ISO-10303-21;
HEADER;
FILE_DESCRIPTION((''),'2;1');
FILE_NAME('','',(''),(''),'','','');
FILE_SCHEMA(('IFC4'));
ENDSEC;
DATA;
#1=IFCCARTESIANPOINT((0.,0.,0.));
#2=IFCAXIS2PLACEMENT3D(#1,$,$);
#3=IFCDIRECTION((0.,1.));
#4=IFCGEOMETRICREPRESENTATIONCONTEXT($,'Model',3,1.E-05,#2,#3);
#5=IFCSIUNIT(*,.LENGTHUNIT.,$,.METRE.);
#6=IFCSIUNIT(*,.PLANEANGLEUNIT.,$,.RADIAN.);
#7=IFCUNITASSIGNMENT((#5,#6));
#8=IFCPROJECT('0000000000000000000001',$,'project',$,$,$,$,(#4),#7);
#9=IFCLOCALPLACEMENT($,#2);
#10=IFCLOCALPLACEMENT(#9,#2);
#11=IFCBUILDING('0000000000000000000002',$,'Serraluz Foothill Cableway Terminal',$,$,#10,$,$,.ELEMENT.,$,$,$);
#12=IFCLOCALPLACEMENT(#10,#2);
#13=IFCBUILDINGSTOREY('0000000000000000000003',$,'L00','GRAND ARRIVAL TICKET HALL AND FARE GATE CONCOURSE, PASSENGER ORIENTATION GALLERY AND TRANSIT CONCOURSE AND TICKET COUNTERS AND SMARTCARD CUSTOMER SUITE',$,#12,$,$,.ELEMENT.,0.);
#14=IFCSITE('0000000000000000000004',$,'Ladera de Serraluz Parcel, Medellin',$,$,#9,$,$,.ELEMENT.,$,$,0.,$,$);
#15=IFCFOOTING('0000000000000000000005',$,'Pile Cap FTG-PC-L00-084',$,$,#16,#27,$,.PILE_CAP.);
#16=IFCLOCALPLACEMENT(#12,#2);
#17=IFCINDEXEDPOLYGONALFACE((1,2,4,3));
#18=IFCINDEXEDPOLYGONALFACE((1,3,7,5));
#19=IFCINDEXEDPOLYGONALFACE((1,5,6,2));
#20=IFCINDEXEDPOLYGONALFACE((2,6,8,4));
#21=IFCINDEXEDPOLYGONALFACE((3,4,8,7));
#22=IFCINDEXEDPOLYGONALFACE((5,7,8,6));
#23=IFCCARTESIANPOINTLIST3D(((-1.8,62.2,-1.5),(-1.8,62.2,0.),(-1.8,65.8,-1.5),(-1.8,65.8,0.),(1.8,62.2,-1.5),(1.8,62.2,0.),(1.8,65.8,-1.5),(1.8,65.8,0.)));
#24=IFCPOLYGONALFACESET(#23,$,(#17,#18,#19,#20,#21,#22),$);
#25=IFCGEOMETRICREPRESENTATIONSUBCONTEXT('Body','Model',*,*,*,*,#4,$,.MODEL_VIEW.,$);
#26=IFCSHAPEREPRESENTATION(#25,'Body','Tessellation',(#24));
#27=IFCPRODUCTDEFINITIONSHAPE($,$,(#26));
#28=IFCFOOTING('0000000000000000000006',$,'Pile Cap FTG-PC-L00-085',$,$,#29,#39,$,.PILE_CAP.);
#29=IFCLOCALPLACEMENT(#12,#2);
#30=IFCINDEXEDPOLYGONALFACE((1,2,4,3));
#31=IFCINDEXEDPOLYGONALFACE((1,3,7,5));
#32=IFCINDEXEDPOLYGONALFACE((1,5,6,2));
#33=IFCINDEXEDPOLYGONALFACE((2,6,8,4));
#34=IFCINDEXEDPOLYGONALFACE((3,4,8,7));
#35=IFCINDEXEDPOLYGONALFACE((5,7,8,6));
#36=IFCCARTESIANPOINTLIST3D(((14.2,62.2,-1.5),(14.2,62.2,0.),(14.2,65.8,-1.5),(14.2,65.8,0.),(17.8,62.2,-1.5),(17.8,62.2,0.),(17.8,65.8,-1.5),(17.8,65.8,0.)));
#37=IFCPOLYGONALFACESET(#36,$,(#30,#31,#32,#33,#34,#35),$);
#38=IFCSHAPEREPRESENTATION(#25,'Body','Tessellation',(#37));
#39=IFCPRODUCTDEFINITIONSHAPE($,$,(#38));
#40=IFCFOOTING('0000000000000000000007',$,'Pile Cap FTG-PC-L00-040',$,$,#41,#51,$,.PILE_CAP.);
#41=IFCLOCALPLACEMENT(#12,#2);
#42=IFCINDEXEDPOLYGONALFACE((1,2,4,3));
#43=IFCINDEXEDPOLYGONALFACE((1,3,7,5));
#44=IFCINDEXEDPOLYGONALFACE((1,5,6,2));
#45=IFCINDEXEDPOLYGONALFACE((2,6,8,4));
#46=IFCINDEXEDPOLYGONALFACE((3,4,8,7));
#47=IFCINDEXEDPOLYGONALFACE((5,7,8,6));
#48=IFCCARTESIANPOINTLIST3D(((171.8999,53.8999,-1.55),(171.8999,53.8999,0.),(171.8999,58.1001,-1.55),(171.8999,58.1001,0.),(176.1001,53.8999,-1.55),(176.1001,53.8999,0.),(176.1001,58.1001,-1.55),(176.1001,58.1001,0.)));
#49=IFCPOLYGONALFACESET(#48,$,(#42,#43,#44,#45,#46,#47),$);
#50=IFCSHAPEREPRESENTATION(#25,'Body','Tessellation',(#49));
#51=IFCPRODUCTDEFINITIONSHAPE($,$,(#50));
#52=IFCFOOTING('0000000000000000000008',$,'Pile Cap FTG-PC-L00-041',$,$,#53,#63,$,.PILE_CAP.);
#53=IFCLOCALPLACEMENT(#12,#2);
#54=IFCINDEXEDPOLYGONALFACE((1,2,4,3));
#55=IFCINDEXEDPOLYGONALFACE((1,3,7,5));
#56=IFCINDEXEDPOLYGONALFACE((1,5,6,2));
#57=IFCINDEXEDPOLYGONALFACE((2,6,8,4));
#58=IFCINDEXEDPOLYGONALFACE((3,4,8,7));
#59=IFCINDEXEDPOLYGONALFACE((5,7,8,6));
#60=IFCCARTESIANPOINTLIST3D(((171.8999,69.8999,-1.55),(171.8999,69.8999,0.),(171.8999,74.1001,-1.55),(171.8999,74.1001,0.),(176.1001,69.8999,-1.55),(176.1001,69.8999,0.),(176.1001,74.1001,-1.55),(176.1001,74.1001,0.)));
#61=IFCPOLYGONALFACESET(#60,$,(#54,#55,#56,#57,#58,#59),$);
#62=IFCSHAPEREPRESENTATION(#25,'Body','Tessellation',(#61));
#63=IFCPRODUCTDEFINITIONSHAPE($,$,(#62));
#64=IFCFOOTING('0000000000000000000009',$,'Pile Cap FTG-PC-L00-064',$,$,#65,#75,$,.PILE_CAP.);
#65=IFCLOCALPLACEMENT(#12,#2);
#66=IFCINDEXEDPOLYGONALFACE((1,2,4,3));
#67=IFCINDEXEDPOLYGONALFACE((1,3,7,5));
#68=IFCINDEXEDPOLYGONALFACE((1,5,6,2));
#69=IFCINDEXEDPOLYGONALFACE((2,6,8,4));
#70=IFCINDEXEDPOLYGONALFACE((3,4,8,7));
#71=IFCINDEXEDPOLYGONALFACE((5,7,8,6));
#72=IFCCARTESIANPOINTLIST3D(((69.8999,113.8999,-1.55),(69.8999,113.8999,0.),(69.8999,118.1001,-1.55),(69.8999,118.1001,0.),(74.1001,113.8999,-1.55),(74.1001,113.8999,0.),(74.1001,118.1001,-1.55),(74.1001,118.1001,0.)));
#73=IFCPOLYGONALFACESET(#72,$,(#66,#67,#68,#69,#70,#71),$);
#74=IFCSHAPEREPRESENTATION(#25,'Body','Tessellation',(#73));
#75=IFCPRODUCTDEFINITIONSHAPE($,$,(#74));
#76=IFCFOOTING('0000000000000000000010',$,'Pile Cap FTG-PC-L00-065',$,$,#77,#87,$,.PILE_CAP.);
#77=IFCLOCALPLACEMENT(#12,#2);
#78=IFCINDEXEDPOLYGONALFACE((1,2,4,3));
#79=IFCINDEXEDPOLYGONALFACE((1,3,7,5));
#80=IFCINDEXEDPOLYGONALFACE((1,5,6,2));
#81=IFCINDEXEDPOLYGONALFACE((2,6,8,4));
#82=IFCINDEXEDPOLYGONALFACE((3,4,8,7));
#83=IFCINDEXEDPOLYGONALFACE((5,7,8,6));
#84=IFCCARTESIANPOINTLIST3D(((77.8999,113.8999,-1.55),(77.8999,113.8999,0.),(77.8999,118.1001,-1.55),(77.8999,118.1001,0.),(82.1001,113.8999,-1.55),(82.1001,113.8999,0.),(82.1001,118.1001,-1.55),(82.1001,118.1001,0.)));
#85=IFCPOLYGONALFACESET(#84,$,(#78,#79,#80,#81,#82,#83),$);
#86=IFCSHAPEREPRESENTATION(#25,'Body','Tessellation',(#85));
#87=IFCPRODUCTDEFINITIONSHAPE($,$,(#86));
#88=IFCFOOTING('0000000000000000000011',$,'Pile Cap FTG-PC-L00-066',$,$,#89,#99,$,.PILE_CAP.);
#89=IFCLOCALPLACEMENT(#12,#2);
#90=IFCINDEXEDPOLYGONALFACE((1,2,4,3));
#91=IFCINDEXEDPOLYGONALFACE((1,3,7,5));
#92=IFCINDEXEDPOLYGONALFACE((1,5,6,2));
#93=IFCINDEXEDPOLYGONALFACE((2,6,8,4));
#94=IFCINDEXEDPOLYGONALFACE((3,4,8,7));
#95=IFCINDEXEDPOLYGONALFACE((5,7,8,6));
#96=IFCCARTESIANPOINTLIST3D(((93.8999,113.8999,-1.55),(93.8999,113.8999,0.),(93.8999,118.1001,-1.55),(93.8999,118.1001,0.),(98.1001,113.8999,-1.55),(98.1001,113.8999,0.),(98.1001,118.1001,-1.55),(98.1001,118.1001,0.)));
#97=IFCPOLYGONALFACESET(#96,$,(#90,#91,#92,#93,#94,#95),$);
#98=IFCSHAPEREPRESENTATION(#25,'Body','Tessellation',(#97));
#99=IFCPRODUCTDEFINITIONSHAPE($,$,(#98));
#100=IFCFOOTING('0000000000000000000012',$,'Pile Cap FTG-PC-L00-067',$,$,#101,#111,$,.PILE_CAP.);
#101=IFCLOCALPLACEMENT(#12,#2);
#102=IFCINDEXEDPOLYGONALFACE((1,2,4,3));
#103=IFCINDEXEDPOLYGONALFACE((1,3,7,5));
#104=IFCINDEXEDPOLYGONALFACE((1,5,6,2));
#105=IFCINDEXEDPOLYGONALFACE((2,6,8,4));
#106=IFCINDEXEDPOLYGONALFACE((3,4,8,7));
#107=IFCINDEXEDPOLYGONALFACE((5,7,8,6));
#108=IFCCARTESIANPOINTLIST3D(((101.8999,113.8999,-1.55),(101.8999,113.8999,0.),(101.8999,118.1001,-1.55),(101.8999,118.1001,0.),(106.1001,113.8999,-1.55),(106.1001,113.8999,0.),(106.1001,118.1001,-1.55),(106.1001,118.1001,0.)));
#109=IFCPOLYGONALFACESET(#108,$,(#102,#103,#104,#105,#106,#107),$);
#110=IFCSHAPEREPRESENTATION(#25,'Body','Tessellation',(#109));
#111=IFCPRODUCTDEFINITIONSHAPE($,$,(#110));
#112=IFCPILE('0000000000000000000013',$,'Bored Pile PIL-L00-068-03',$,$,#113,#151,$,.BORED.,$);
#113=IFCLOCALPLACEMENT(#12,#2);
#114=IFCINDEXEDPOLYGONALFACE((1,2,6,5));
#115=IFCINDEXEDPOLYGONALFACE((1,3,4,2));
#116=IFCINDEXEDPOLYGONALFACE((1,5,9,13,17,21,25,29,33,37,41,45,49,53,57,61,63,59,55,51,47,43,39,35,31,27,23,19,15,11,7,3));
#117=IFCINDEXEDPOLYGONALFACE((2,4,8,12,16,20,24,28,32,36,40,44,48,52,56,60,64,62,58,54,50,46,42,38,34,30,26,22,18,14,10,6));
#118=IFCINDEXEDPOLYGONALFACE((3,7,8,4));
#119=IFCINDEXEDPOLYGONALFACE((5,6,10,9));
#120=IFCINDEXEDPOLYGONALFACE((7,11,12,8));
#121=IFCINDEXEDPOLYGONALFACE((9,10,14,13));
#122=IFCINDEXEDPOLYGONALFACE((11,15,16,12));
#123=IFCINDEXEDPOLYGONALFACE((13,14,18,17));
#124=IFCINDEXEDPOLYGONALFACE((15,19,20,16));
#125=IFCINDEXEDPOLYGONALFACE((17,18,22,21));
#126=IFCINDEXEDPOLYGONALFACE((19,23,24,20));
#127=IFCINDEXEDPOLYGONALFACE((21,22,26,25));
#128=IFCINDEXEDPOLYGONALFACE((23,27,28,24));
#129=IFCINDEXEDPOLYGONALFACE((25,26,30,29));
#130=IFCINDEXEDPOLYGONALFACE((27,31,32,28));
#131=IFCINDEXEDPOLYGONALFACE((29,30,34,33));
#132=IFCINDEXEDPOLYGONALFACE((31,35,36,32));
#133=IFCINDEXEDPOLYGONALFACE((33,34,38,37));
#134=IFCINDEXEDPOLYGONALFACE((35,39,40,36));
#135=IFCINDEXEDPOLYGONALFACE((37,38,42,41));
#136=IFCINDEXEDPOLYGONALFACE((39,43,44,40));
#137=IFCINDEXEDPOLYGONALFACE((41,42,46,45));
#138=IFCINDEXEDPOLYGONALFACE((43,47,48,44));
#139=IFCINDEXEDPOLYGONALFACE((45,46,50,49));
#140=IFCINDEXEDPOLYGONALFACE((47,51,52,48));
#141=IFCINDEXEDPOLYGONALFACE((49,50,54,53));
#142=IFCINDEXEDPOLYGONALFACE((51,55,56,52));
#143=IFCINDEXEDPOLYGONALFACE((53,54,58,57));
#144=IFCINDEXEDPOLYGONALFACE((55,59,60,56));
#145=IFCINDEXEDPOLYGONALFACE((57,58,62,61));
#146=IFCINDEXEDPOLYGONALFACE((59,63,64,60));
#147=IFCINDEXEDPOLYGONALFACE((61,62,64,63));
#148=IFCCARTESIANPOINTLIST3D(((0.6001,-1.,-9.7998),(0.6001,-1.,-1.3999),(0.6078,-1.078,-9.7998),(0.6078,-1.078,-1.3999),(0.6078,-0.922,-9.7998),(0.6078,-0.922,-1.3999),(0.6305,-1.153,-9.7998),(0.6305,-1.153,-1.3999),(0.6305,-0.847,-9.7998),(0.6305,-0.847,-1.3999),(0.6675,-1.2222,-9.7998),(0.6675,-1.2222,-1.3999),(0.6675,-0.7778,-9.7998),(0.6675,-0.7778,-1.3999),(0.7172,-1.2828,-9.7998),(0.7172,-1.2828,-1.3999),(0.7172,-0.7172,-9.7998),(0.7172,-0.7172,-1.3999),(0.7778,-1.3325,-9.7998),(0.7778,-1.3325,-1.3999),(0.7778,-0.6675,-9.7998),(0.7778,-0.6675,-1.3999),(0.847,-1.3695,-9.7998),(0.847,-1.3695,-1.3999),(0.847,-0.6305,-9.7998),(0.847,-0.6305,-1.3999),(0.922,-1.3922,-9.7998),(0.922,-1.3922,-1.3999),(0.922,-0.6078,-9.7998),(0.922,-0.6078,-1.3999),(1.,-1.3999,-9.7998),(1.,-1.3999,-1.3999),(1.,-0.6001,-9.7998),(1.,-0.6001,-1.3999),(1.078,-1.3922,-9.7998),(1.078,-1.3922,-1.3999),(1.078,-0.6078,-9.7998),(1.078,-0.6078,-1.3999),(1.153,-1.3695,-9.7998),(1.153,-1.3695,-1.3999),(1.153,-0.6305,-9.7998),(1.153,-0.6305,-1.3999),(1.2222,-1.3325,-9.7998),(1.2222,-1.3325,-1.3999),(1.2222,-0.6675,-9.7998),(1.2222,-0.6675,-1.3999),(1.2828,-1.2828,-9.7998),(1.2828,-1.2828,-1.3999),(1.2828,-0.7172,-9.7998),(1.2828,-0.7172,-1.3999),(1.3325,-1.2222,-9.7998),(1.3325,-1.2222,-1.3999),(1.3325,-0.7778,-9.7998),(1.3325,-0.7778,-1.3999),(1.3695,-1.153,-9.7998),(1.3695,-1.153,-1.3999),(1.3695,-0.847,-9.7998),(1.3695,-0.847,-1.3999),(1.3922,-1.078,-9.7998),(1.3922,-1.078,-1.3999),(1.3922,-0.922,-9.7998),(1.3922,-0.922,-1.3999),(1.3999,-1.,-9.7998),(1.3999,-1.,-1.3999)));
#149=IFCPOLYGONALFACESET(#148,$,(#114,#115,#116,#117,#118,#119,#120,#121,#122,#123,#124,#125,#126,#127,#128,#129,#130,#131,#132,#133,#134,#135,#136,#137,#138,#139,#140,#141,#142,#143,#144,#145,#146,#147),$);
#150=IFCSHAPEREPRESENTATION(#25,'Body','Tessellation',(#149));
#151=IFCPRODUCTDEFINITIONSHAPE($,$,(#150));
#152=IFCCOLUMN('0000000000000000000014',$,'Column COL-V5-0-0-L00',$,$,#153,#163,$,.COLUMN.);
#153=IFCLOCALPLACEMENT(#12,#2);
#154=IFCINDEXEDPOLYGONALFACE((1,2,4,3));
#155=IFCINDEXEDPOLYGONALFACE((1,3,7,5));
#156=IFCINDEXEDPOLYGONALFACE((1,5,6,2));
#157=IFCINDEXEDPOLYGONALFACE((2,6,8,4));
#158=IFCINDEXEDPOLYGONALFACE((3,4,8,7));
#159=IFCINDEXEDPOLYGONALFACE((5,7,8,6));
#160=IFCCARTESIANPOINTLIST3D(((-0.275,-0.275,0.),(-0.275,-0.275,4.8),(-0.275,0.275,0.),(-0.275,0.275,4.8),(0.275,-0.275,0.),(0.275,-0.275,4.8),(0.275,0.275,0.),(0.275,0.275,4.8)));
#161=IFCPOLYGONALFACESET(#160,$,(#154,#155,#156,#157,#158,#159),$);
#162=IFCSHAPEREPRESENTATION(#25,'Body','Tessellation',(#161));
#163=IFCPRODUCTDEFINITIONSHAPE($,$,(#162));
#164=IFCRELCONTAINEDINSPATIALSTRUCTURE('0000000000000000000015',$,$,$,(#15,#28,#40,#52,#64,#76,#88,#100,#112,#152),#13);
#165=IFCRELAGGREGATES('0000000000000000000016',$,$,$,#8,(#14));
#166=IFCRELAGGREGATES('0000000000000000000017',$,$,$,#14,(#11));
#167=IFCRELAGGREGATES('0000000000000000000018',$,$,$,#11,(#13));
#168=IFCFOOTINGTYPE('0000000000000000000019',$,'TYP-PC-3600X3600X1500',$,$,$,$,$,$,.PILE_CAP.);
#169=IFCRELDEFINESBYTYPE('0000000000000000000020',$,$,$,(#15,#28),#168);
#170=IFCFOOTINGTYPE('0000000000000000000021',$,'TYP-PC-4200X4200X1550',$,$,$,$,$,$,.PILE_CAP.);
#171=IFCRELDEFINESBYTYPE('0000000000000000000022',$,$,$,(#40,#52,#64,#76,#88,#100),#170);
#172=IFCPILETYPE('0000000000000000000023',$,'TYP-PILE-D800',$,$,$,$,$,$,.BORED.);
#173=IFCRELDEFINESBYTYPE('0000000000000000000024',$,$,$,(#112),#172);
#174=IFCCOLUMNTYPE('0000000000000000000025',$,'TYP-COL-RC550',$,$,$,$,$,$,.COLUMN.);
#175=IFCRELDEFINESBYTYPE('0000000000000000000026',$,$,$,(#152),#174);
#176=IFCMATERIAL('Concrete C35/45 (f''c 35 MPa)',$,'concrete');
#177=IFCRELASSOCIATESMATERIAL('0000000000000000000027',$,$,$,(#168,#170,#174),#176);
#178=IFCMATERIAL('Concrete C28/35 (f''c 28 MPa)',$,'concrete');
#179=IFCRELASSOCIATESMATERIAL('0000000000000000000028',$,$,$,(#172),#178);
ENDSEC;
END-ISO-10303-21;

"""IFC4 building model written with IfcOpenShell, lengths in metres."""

from ifc_helpers import new_model, si_unit, direction, frame, origin, origin_with_axes, origin_2d, place, context, subcontext, project, spatial, polyline, rectangle, circle, outline, extrude, material, material_profile, profile_set, type_object, element, save


model = new_model("IFC4")

# Units and contexts
model_context = context("Model", 3, precision=1e-05, world=origin(), true_north=direction((0.0, 1.0)))
body_context = subcontext(model_context, "Body", "Model", "MODEL_VIEW")
ifc_project = project(units=[si_unit("LENGTHUNIT", "METRE"), si_unit("PLANEANGLEUNIT", "RADIAN")], contexts=[model_context])

# Site, building, storey
site_placement = place(None, origin())
site = spatial("IfcSite", under=ifc_project, at=site_placement, Name="Ladera de Serraluz Parcel, Medellin", CompositionType="ELEMENT", RefElevation=0.0)
building_placement = place(site_placement, origin())
building = spatial("IfcBuilding", under=site, at=building_placement, Name="Serraluz Foothill Cableway Terminal", CompositionType="ELEMENT")
storey_placement = place(building_placement, origin())
storey = spatial("IfcBuildingStorey", under=building, at=storey_placement, Name="L00", Description="GRAND ARRIVAL TICKET HALL AND FARE GATE CONCOURSE, PASSENGER ORIENTATION GALLERY AND TRANSIT CONCOURSE AND TICKET COUNTERS AND SMARTCARD CUSTOMER SUITE", CompositionType="ELEMENT", Elevation=0.0)

# Footings
ifc_material_1 = material(Name="Concrete C35/45 (f'c 35 MPa)", Category="concrete")
footing_type_1 = type_object("IfcFootingType", Name="TYP-PC-3600X3600X1500", PredefinedType="PILE_CAP", material=ifc_material_1)
footing_1_placement = place(storey_placement, frame((0.0, 0.0, -1.5)))
element("IfcFooting", 1, at=footing_1_placement, inside=storey, type_object=footing_type_1, Name="Pile Cap FTG-PC-L00-084", PredefinedType="PILE_CAP", context=body_context, shape_type="SweptSolid", body=[
    extrude(outline(polyline([(-1.8, 62.2), (1.8, 62.2), (1.8, 65.8), (-1.8, 65.8), (-1.8, 62.2)])), origin(), (0.0, 0.0, 1.0), 1.5),
])
footing_2_placement = place(storey_placement, frame((0.0, 0.0, -1.5)))
element("IfcFooting", 2, at=footing_2_placement, inside=storey, type_object=footing_type_1, Name="Pile Cap FTG-PC-L00-085", PredefinedType="PILE_CAP", context=body_context, shape_type="SweptSolid", body=[
    extrude(outline(polyline([(14.2, 62.2), (17.8, 62.2), (17.8, 65.8), (14.2, 65.8), (14.2, 62.2)])), origin(), (0.0, 0.0, 1.0), 1.5),
])
footing_type_2 = type_object("IfcFootingType", Name="TYP-PC-4200X4200X1550", PredefinedType="PILE_CAP", material=ifc_material_1)
footing_3_placement = place(storey_placement, frame((0.0, 0.0, -1.55)))
element("IfcFooting", 3, at=footing_3_placement, inside=storey, type_object=footing_type_2, Name="Pile Cap FTG-PC-L00-040", PredefinedType="PILE_CAP", context=body_context, shape_type="SweptSolid", body=[
    extrude(outline(polyline([(171.8999, 53.8999), (176.1001, 53.8999), (176.1001, 58.1001), (171.8999, 58.1001), (171.8999, 53.8999)])), origin(), (0.0, 0.0, 1.0), 1.55),
])
footing_4_placement = place(storey_placement, frame((0.0, 0.0, -1.55)))
element("IfcFooting", 4, at=footing_4_placement, inside=storey, type_object=footing_type_2, Name="Pile Cap FTG-PC-L00-041", PredefinedType="PILE_CAP", context=body_context, shape_type="SweptSolid", body=[
    extrude(outline(polyline([(171.8999, 69.8999), (176.1001, 69.8999), (176.1001, 74.1001), (171.8999, 74.1001), (171.8999, 69.8999)])), origin(), (0.0, 0.0, 1.0), 1.55),
])
footing_5_placement = place(storey_placement, frame((0.0, 0.0, -1.55)))
element("IfcFooting", 5, at=footing_5_placement, inside=storey, type_object=footing_type_2, Name="Pile Cap FTG-PC-L00-064", PredefinedType="PILE_CAP", context=body_context, shape_type="SweptSolid", body=[
    extrude(outline(polyline([(69.8999, 113.8999), (74.1001, 113.8999), (74.1001, 118.1001), (69.8999, 118.1001), (69.8999, 113.8999)])), origin(), (0.0, 0.0, 1.0), 1.55),
])
footing_6_placement = place(storey_placement, frame((0.0, 0.0, -1.55)))
element("IfcFooting", 6, at=footing_6_placement, inside=storey, type_object=footing_type_2, Name="Pile Cap FTG-PC-L00-065", PredefinedType="PILE_CAP", context=body_context, shape_type="SweptSolid", body=[
    extrude(outline(polyline([(77.8999, 113.8999), (82.1001, 113.8999), (82.1001, 118.1001), (77.8999, 118.1001), (77.8999, 113.8999)])), origin(), (0.0, 0.0, 1.0), 1.55),
])
footing_7_placement = place(storey_placement, frame((0.0, 0.0, -1.55)))
element("IfcFooting", 7, at=footing_7_placement, inside=storey, type_object=footing_type_2, Name="Pile Cap FTG-PC-L00-066", PredefinedType="PILE_CAP", context=body_context, shape_type="SweptSolid", body=[
    extrude(outline(polyline([(93.8999, 113.8999), (98.1001, 113.8999), (98.1001, 118.1001), (93.8999, 118.1001), (93.8999, 113.8999)])), origin(), (0.0, 0.0, 1.0), 1.55),
])
footing_8_placement = place(storey_placement, frame((0.0, 0.0, -1.55)))
element("IfcFooting", 8, at=footing_8_placement, inside=storey, type_object=footing_type_2, Name="Pile Cap FTG-PC-L00-067", PredefinedType="PILE_CAP", context=body_context, shape_type="SweptSolid", body=[
    extrude(outline(polyline([(101.8999, 113.8999), (106.1001, 113.8999), (106.1001, 118.1001), (101.8999, 118.1001), (101.8999, 113.8999)])), origin(), (0.0, 0.0, 1.0), 1.55),
])

# Pile
ifc_material_2 = material(Name="Concrete C28/35 (f'c 28 MPa)", Category="concrete")
ifc_material_profile_1 = material_profile(ifc_material_2, circle(Radius=0.3999, at=origin_2d()), Name="BORED PILE D800")
ifc_profile_set_1 = profile_set([ifc_material_profile_1], Name="Concrete C28/35 (f'c 28 MPa)")
pile_type = type_object("IfcPileType", Name="TYP-PILE-D800", PredefinedType="BORED", material=ifc_profile_set_1)
pile_placement = place(storey_placement, frame((1.0, -1.0, -1.3999), z_axis=(0.0, 0.0, -1.0), x_axis=(1.0, 0.0, 0.0)))
element("IfcPile", 9, at=pile_placement, inside=storey, type_object=pile_type, Name="Bored Pile PIL-L00-068-03", PredefinedType="BORED", context=body_context, shape_type="SweptSolid", body=[
    extrude(circle(Radius=0.3999, at=origin_2d()), origin(), (0.0, 0.0, 1.0), 8.3999),
])

# Column
ifc_material_profile_2 = material_profile(ifc_material_1, rectangle(XDim=0.55, YDim=0.55, at=origin_2d()), Name="RC 550x550")
ifc_profile_set_2 = profile_set([ifc_material_profile_2], Name="Concrete C35/45 (f'c 35 MPa)")
column_type = type_object("IfcColumnType", Name="TYP-COL-RC550", PredefinedType="COLUMN", material=ifc_profile_set_2)
column_placement = place(storey_placement, origin_with_axes())
element("IfcColumn", 10, at=column_placement, inside=storey, type_object=column_type, Name="Column COL-V5-0-0-L00", PredefinedType="COLUMN", context=body_context, shape_type="SweptSolid", body=[
    extrude(rectangle(XDim=0.55, YDim=0.55, at=origin_2d()), origin(), (0.0, 0.0, 1.0), 4.8),
])

save(model, "model.ifc")
